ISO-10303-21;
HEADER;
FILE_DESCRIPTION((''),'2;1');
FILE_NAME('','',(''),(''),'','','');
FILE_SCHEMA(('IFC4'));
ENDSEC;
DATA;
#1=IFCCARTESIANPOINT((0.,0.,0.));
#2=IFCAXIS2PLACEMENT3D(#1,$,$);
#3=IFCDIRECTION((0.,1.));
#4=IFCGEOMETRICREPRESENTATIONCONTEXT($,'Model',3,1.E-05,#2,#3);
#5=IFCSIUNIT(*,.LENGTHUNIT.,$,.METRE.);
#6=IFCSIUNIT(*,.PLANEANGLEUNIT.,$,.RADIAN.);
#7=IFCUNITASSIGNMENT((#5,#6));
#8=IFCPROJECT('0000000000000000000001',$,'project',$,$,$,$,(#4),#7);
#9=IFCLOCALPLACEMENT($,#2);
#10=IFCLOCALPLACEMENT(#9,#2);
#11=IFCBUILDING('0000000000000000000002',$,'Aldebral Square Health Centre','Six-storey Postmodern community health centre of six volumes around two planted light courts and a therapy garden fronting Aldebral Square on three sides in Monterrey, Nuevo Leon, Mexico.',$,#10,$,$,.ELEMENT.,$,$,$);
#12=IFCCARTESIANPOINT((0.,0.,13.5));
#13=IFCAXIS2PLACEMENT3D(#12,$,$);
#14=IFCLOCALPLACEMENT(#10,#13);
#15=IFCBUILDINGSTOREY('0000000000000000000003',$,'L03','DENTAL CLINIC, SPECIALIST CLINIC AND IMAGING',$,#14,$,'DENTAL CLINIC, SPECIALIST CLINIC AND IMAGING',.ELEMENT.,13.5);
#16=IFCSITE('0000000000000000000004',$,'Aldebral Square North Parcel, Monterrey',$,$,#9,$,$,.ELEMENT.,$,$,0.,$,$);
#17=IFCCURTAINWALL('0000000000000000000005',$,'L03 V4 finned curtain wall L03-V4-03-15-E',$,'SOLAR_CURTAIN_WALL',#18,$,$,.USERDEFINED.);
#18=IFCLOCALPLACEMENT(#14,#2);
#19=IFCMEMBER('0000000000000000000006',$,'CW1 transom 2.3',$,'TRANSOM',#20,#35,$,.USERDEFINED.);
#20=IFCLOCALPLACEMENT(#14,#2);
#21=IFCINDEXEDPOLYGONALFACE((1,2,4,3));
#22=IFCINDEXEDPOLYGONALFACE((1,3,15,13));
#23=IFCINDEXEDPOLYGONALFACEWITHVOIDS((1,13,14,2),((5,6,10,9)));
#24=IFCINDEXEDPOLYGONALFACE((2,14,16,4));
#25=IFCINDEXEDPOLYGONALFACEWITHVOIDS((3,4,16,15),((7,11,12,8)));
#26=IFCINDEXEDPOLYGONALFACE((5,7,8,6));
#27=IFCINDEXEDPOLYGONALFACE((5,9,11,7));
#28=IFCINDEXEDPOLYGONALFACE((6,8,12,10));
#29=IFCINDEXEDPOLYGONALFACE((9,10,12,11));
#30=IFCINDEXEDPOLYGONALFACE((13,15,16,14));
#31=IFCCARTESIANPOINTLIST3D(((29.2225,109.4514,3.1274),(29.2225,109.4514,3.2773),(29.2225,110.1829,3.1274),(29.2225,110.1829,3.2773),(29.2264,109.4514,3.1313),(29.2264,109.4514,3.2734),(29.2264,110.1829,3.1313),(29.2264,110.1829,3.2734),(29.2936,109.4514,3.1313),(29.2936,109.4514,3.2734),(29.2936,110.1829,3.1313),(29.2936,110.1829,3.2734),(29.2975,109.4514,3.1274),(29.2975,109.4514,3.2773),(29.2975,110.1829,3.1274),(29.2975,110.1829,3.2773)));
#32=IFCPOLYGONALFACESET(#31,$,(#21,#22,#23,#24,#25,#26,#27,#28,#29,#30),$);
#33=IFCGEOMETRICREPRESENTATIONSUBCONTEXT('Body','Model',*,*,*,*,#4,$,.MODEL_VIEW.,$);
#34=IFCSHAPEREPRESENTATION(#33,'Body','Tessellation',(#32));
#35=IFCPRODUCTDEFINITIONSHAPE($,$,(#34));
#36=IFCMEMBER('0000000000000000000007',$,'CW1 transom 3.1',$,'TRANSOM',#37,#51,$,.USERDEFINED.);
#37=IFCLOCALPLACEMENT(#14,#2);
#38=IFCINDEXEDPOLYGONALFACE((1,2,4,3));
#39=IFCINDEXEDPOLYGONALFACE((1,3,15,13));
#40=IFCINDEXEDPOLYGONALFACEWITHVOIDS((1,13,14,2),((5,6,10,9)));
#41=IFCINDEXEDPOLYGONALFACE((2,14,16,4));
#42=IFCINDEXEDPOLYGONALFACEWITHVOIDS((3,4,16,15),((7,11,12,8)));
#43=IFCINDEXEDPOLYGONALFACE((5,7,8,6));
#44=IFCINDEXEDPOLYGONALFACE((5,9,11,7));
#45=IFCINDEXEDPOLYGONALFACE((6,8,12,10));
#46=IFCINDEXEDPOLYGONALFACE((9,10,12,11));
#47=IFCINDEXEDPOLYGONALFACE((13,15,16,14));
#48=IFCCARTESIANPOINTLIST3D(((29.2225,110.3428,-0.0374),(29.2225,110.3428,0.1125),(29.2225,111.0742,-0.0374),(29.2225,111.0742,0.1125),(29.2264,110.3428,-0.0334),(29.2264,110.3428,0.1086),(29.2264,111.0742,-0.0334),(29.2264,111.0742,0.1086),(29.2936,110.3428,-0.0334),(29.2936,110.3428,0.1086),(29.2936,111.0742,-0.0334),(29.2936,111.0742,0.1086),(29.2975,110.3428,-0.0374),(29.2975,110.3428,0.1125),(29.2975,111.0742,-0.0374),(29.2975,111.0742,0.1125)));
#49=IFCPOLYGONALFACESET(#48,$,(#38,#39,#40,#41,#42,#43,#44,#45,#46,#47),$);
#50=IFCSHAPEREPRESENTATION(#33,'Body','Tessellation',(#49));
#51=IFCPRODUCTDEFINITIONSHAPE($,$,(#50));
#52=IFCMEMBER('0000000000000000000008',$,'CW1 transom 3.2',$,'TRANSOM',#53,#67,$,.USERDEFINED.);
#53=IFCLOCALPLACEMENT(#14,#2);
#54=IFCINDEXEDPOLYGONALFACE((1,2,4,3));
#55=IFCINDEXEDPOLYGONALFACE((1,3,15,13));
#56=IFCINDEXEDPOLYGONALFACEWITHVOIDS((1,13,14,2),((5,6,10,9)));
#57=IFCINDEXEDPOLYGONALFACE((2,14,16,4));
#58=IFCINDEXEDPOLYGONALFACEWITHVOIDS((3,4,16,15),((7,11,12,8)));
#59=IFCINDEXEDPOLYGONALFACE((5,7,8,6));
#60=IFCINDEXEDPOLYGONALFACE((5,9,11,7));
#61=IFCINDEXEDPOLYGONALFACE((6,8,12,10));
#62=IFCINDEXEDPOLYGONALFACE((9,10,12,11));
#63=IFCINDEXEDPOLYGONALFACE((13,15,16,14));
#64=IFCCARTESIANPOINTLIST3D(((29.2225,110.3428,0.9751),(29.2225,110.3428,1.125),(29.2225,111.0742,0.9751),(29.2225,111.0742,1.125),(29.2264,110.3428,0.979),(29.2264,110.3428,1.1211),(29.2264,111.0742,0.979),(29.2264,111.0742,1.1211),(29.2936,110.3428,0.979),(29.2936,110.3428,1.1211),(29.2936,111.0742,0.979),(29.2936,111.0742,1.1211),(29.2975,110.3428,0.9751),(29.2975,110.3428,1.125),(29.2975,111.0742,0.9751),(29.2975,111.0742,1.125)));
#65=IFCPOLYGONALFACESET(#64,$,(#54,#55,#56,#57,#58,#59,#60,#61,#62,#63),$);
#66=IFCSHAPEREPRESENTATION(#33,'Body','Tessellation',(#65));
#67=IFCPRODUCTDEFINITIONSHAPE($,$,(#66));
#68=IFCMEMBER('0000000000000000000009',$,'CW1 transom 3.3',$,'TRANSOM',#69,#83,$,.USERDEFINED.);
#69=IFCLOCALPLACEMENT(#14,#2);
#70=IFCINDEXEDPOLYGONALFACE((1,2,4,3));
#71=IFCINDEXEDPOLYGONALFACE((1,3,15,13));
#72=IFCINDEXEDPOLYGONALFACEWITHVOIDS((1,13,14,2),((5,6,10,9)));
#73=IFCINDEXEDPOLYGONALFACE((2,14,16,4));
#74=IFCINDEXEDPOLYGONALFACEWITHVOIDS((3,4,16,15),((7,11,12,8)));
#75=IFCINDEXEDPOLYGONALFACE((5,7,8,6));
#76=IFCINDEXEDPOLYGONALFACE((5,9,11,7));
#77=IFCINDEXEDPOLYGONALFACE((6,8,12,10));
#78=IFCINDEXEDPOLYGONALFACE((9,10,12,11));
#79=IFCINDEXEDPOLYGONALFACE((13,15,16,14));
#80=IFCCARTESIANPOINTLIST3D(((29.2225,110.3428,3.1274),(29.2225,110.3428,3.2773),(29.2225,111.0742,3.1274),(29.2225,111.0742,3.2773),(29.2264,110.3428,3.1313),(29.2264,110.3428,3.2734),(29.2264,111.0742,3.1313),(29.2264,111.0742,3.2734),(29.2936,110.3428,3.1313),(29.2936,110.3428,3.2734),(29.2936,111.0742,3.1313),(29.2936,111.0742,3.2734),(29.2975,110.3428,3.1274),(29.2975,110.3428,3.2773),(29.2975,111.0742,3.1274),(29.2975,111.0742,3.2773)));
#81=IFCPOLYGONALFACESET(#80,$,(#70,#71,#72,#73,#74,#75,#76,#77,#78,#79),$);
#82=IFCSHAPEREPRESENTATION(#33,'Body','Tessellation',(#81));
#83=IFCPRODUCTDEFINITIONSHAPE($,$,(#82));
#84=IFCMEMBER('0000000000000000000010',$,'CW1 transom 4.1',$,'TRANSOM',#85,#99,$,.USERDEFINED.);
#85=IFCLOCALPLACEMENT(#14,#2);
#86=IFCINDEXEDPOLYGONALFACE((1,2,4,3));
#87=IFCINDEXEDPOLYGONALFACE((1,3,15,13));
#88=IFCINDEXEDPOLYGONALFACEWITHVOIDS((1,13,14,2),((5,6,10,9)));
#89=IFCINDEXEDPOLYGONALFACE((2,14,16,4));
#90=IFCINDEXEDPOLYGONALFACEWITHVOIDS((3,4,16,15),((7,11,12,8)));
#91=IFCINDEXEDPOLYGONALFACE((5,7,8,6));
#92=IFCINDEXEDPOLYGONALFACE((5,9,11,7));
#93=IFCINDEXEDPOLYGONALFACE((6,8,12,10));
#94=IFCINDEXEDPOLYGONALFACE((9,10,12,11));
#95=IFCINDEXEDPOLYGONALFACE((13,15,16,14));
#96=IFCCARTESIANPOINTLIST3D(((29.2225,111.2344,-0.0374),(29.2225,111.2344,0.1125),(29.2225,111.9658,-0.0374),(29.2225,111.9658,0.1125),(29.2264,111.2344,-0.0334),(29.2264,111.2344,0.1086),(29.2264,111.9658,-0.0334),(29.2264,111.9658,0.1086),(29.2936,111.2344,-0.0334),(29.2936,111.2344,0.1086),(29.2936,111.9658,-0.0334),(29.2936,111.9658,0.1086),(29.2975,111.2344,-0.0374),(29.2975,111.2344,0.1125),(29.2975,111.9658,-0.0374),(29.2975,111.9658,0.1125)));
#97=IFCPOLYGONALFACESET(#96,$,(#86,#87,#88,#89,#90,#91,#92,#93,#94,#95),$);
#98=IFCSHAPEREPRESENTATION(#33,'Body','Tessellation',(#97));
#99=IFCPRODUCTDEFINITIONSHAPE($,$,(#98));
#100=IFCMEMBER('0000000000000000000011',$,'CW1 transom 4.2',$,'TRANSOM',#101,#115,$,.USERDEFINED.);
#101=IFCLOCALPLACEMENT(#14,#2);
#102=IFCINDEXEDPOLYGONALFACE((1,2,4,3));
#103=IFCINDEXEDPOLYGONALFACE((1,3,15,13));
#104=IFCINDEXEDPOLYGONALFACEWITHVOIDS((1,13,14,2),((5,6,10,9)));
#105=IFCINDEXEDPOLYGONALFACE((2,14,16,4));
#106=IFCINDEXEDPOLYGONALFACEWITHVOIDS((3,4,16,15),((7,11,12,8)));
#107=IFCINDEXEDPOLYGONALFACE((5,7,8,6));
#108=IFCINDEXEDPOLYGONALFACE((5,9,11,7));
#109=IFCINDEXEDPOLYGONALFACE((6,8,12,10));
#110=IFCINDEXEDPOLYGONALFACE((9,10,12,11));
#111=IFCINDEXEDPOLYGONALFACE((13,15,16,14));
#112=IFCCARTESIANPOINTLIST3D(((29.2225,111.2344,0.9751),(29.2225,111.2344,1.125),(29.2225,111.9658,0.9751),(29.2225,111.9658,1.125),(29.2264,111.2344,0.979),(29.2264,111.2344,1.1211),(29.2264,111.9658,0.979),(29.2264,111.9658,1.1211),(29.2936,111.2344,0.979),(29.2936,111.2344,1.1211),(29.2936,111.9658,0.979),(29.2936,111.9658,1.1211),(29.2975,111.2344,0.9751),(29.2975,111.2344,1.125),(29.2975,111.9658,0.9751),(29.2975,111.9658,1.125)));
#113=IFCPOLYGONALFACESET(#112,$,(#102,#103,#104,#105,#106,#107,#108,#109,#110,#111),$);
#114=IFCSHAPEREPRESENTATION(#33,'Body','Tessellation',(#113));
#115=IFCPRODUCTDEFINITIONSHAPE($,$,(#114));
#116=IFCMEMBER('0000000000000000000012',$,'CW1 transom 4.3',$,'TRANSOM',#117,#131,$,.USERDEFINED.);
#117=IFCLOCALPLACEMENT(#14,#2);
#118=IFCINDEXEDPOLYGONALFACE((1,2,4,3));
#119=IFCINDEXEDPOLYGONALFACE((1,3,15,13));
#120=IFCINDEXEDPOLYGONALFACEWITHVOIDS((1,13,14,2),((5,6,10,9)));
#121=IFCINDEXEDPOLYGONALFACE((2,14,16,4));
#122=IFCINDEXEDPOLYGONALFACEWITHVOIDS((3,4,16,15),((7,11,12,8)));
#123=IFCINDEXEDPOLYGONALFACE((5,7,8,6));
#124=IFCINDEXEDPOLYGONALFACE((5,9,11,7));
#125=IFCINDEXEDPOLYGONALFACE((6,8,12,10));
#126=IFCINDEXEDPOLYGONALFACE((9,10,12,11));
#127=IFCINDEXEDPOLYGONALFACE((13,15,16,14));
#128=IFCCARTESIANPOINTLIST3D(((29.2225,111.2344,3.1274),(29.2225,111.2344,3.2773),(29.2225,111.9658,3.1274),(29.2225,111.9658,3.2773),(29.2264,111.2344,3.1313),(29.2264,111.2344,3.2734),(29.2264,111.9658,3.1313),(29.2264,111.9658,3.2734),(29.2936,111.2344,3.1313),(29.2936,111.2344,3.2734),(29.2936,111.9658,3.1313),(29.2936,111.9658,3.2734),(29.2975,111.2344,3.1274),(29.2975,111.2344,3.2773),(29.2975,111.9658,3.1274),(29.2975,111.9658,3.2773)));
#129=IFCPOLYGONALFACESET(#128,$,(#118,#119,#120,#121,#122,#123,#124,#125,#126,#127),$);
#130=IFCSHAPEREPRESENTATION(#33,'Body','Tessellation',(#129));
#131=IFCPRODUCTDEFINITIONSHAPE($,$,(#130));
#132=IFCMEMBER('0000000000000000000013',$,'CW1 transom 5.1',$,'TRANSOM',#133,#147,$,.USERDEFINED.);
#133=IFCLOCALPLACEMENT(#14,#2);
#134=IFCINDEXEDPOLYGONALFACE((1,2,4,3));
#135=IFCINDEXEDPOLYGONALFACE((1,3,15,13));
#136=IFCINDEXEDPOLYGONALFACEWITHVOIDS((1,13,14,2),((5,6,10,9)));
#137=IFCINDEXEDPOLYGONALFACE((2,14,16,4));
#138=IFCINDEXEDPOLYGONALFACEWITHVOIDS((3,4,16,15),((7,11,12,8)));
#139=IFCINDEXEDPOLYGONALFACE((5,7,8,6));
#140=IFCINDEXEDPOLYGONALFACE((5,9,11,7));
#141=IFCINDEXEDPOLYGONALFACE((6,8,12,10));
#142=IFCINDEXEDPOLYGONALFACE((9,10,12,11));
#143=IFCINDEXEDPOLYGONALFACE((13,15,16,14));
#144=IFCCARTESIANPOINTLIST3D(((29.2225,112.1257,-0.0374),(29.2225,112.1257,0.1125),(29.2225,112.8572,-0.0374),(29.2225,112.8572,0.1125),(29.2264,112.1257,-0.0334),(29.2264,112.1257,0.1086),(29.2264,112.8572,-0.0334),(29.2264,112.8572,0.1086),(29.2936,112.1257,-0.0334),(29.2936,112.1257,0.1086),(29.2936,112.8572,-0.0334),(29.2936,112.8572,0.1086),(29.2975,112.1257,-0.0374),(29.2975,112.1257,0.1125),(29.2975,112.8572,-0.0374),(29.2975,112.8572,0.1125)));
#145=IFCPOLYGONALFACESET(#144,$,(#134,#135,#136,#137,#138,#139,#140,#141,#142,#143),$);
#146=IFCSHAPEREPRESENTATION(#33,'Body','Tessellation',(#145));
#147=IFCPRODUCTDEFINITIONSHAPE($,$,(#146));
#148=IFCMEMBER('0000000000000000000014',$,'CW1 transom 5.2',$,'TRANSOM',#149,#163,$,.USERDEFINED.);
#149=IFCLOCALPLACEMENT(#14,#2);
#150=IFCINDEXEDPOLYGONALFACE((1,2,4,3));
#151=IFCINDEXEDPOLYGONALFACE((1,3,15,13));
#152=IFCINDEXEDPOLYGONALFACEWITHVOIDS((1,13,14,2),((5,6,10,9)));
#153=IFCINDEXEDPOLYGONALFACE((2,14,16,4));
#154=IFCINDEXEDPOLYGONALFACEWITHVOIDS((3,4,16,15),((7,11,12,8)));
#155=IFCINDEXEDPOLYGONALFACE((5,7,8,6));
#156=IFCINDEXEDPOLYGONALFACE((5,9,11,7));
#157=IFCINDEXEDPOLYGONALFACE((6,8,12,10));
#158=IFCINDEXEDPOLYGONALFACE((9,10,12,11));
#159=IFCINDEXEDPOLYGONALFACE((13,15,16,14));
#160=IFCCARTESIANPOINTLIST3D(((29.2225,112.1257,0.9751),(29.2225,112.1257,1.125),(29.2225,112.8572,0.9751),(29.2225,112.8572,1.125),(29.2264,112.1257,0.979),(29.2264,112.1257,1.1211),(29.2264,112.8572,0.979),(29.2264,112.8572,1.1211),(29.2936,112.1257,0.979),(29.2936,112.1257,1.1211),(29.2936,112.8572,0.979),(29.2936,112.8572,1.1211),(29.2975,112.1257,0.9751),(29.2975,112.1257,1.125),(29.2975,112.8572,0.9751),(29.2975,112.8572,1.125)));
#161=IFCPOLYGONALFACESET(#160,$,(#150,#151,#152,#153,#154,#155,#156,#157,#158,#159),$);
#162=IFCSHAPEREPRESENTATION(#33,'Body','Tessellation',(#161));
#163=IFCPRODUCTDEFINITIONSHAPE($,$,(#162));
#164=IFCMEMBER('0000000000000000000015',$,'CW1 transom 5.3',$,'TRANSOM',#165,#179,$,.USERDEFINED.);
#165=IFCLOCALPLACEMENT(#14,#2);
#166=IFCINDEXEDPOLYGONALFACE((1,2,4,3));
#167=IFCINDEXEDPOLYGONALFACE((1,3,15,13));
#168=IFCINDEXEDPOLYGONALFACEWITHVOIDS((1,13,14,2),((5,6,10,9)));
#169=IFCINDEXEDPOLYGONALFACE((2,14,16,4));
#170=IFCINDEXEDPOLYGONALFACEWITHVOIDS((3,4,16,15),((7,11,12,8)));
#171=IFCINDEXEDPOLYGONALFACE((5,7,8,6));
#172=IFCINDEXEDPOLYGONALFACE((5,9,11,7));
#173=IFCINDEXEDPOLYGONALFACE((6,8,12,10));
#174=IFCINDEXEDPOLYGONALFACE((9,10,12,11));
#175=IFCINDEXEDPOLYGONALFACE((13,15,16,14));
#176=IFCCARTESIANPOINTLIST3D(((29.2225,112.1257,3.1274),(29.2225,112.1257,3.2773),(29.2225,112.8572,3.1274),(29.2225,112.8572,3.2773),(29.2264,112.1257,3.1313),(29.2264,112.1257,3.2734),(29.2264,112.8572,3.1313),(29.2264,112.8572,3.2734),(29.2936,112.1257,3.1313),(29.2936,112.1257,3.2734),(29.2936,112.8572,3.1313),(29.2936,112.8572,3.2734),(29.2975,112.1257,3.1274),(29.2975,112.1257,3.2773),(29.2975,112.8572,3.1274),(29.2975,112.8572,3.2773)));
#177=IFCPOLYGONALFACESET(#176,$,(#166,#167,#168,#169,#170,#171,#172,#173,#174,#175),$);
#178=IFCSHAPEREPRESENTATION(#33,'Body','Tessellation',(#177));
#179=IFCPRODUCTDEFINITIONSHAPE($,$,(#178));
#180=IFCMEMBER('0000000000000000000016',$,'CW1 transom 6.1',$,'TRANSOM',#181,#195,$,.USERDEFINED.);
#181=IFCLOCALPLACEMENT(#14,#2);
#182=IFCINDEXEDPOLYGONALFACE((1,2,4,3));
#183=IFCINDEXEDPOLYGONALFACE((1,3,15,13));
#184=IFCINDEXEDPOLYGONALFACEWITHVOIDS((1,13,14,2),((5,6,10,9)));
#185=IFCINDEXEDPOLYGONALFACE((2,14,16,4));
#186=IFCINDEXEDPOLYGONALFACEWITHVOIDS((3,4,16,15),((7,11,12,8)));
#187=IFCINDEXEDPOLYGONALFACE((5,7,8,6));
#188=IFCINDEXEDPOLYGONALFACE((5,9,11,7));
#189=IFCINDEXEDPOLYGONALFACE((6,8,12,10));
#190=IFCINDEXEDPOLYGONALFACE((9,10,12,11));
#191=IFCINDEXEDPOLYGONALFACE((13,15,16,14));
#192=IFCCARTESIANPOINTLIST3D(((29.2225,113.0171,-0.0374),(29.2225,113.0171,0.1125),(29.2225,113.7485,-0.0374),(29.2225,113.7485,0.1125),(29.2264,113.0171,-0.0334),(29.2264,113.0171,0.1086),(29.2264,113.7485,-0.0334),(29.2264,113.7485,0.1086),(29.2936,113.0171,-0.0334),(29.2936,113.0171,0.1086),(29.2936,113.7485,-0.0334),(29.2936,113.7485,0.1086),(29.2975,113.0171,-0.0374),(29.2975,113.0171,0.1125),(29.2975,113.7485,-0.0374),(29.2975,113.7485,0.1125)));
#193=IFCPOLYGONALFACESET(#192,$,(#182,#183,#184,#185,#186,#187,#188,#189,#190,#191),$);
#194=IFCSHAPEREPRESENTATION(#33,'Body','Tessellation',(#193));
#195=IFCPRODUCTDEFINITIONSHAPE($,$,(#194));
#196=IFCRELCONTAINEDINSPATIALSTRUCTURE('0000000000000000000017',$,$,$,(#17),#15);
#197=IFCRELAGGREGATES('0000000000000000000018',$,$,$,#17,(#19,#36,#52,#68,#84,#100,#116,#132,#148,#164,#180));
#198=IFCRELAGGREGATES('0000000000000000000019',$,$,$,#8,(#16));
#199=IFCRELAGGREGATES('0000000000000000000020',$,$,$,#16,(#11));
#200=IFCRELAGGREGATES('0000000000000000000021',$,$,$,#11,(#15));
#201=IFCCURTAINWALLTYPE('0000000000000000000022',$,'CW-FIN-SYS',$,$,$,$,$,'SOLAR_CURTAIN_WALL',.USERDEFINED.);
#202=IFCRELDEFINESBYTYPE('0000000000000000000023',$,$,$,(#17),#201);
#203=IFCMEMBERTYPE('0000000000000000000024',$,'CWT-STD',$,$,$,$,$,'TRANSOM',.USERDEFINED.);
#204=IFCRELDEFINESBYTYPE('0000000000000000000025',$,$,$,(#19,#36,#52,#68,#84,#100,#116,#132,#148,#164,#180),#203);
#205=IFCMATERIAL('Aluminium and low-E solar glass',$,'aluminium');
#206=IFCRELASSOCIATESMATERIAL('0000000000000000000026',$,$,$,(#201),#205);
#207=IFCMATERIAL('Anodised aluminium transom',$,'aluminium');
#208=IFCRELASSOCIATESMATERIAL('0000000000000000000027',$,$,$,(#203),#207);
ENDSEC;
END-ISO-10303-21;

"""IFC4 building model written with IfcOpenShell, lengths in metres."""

from ifc_helpers import new_model, si_unit, direction, frame, origin, origin_2d, place, context, subcontext, project, spatial, hollow_rectangle, extrude, material, material_profile, profile_set, type_object, element, aggregate, save


model = new_model("IFC4")

# Units and contexts
model_context = context("Model", 3, precision=1e-05, world=origin(), true_north=direction((0.0, 1.0)))
body_context = subcontext(model_context, "Body", "Model", "MODEL_VIEW")
ifc_project = project(units=[si_unit("LENGTHUNIT", "METRE"), si_unit("PLANEANGLEUNIT", "RADIAN")], contexts=[model_context])

# Site, building, storey
site_placement = place(None, origin())
site = spatial("IfcSite", under=ifc_project, at=site_placement, Name="Aldebral Square North Parcel, Monterrey", CompositionType="ELEMENT", RefElevation=0.0)
building_placement = place(site_placement, origin())
building = spatial("IfcBuilding", under=site, at=building_placement, Name="Aldebral Square Health Centre", Description="Six-storey Postmodern community health centre of six volumes around two planted light courts and a therapy garden fronting Aldebral Square on three sides in Monterrey, Nuevo Leon, Mexico.", CompositionType="ELEMENT")
storey_placement = place(building_placement, frame((0.0, 0.0, 13.5)))
storey = spatial("IfcBuildingStorey", under=building, at=storey_placement, Name="L03", Description="DENTAL CLINIC, SPECIALIST CLINIC AND IMAGING", LongName="DENTAL CLINIC, SPECIALIST CLINIC AND IMAGING", CompositionType="ELEMENT", Elevation=13.5)

# Curtain wall, members
ifc_material_1 = material(Name="Aluminium and low-E solar glass", Category="aluminium")
curtain_wall_type = type_object("IfcCurtainWallType", Name="CW-FIN-SYS", ElementType="SOLAR_CURTAIN_WALL", PredefinedType="USERDEFINED", material=ifc_material_1)
curtain_wall_placement = place(storey_placement, origin())
curtain_wall = element("IfcCurtainWall", 1, at=curtain_wall_placement, inside=storey, type_object=curtain_wall_type, Name="L03 V4 finned curtain wall L03-V4-03-15-E", ObjectType="SOLAR_CURTAIN_WALL", PredefinedType="USERDEFINED")
ifc_material_2 = material(Name="Anodised aluminium transom", Category="aluminium")
ifc_material_profile = material_profile(ifc_material_2, hollow_rectangle(XDim=0.075, YDim=0.1499, WallThickness=0.0039, at=origin_2d()), Name="CWT 75x150x4")
ifc_profile_set = profile_set([ifc_material_profile], Name="Anodised aluminium transom")
member_type = type_object("IfcMemberType", Name="CWT-STD", ElementType="TRANSOM", PredefinedType="USERDEFINED", material=ifc_profile_set)
member_1_placement = place(storey_placement, frame((29.26, 109.4514, 3.2024), z_axis=(0.0, 1.0, 0.0), x_axis=(-1.0, 0.0, 0.0)))
member_1 = element("IfcMember", 2, at=member_1_placement, type_object=member_type, Name="CW1 transom 2.3", ObjectType="TRANSOM", PredefinedType="USERDEFINED", context=body_context, shape_type="SweptSolid", body=[
    extrude(hollow_rectangle(XDim=0.075, YDim=0.1499, WallThickness=0.0039, at=origin_2d()), origin(), (0.0, 0.0, 1.0), 0.7314),
])
member_2_placement = place(storey_placement, frame((29.26, 110.3428, 0.0376), z_axis=(0.0, 1.0, 0.0), x_axis=(-1.0, 0.0, 0.0)))
member_2 = element("IfcMember", 3, at=member_2_placement, type_object=member_type, Name="CW1 transom 3.1", ObjectType="TRANSOM", PredefinedType="USERDEFINED", context=body_context, shape_type="SweptSolid", body=[
    extrude(hollow_rectangle(XDim=0.075, YDim=0.1499, WallThickness=0.0039, at=origin_2d()), origin(), (0.0, 0.0, 1.0), 0.7314),
])
member_3_placement = place(storey_placement, frame((29.26, 110.3428, 1.05), z_axis=(0.0, 1.0, 0.0), x_axis=(-1.0, 0.0, 0.0)))
member_3 = element("IfcMember", 4, at=member_3_placement, type_object=member_type, Name="CW1 transom 3.2", ObjectType="TRANSOM", PredefinedType="USERDEFINED", context=body_context, shape_type="SweptSolid", body=[
    extrude(hollow_rectangle(XDim=0.075, YDim=0.1499, WallThickness=0.0039, at=origin_2d()), origin(), (0.0, 0.0, 1.0), 0.7314),
])
member_4_placement = place(storey_placement, frame((29.26, 110.3428, 3.2024), z_axis=(0.0, 1.0, 0.0), x_axis=(-1.0, 0.0, 0.0)))
member_4 = element("IfcMember", 5, at=member_4_placement, type_object=member_type, Name="CW1 transom 3.3", ObjectType="TRANSOM", PredefinedType="USERDEFINED", context=body_context, shape_type="SweptSolid", body=[
    extrude(hollow_rectangle(XDim=0.075, YDim=0.1499, WallThickness=0.0039, at=origin_2d()), origin(), (0.0, 0.0, 1.0), 0.7314),
])
member_5_placement = place(storey_placement, frame((29.26, 111.2344, 0.0376), z_axis=(0.0, 1.0, 0.0), x_axis=(-1.0, 0.0, 0.0)))
member_5 = element("IfcMember", 6, at=member_5_placement, type_object=member_type, Name="CW1 transom 4.1", ObjectType="TRANSOM", PredefinedType="USERDEFINED", context=body_context, shape_type="SweptSolid", body=[
    extrude(hollow_rectangle(XDim=0.075, YDim=0.1499, WallThickness=0.0039, at=origin_2d()), origin(), (0.0, 0.0, 1.0), 0.7314),
])
member_6_placement = place(storey_placement, frame((29.26, 111.2344, 1.05), z_axis=(0.0, 1.0, 0.0), x_axis=(-1.0, 0.0, 0.0)))
member_6 = element("IfcMember", 7, at=member_6_placement, type_object=member_type, Name="CW1 transom 4.2", ObjectType="TRANSOM", PredefinedType="USERDEFINED", context=body_context, shape_type="SweptSolid", body=[
    extrude(hollow_rectangle(XDim=0.075, YDim=0.1499, WallThickness=0.0039, at=origin_2d()), origin(), (0.0, 0.0, 1.0), 0.7314),
])
member_7_placement = place(storey_placement, frame((29.26, 111.2344, 3.2024), z_axis=(0.0, 1.0, 0.0), x_axis=(-1.0, 0.0, 0.0)))
member_7 = element("IfcMember", 8, at=member_7_placement, type_object=member_type, Name="CW1 transom 4.3", ObjectType="TRANSOM", PredefinedType="USERDEFINED", context=body_context, shape_type="SweptSolid", body=[
    extrude(hollow_rectangle(XDim=0.075, YDim=0.1499, WallThickness=0.0039, at=origin_2d()), origin(), (0.0, 0.0, 1.0), 0.7314),
])
member_8_placement = place(storey_placement, frame((29.26, 112.1257, 0.0376), z_axis=(0.0, 1.0, 0.0), x_axis=(-1.0, 0.0, 0.0)))
member_8 = element("IfcMember", 9, at=member_8_placement, type_object=member_type, Name="CW1 transom 5.1", ObjectType="TRANSOM", PredefinedType="USERDEFINED", context=body_context, shape_type="SweptSolid", body=[
    extrude(hollow_rectangle(XDim=0.075, YDim=0.1499, WallThickness=0.0039, at=origin_2d()), origin(), (0.0, 0.0, 1.0), 0.7314),
])
member_9_placement = place(storey_placement, frame((29.26, 112.1257, 1.05), z_axis=(0.0, 1.0, 0.0), x_axis=(-1.0, 0.0, 0.0)))
member_9 = element("IfcMember", 10, at=member_9_placement, type_object=member_type, Name="CW1 transom 5.2", ObjectType="TRANSOM", PredefinedType="USERDEFINED", context=body_context, shape_type="SweptSolid", body=[
    extrude(hollow_rectangle(XDim=0.075, YDim=0.1499, WallThickness=0.0039, at=origin_2d()), origin(), (0.0, 0.0, 1.0), 0.7314),
])
member_10_placement = place(storey_placement, frame((29.26, 112.1257, 3.2024), z_axis=(0.0, 1.0, 0.0), x_axis=(-1.0, 0.0, 0.0)))
member_10 = element("IfcMember", 11, at=member_10_placement, type_object=member_type, Name="CW1 transom 5.3", ObjectType="TRANSOM", PredefinedType="USERDEFINED", context=body_context, shape_type="SweptSolid", body=[
    extrude(hollow_rectangle(XDim=0.075, YDim=0.1499, WallThickness=0.0039, at=origin_2d()), origin(), (0.0, 0.0, 1.0), 0.7314),
])
member_11_placement = place(storey_placement, frame((29.26, 113.0171, 0.0376), z_axis=(0.0, 1.0, 0.0), x_axis=(-1.0, 0.0, 0.0)))
member_11 = element("IfcMember", 12, at=member_11_placement, type_object=member_type, Name="CW1 transom 6.1", ObjectType="TRANSOM", PredefinedType="USERDEFINED", context=body_context, shape_type="SweptSolid", body=[
    extrude(hollow_rectangle(XDim=0.075, YDim=0.1499, WallThickness=0.0039, at=origin_2d()), origin(), (0.0, 0.0, 1.0), 0.7314),
])
aggregate(curtain_wall, [member_1, member_2, member_3, member_4, member_5, member_6, member_7, member_8, member_9, member_10, member_11])

save(model, "model.ifc")
